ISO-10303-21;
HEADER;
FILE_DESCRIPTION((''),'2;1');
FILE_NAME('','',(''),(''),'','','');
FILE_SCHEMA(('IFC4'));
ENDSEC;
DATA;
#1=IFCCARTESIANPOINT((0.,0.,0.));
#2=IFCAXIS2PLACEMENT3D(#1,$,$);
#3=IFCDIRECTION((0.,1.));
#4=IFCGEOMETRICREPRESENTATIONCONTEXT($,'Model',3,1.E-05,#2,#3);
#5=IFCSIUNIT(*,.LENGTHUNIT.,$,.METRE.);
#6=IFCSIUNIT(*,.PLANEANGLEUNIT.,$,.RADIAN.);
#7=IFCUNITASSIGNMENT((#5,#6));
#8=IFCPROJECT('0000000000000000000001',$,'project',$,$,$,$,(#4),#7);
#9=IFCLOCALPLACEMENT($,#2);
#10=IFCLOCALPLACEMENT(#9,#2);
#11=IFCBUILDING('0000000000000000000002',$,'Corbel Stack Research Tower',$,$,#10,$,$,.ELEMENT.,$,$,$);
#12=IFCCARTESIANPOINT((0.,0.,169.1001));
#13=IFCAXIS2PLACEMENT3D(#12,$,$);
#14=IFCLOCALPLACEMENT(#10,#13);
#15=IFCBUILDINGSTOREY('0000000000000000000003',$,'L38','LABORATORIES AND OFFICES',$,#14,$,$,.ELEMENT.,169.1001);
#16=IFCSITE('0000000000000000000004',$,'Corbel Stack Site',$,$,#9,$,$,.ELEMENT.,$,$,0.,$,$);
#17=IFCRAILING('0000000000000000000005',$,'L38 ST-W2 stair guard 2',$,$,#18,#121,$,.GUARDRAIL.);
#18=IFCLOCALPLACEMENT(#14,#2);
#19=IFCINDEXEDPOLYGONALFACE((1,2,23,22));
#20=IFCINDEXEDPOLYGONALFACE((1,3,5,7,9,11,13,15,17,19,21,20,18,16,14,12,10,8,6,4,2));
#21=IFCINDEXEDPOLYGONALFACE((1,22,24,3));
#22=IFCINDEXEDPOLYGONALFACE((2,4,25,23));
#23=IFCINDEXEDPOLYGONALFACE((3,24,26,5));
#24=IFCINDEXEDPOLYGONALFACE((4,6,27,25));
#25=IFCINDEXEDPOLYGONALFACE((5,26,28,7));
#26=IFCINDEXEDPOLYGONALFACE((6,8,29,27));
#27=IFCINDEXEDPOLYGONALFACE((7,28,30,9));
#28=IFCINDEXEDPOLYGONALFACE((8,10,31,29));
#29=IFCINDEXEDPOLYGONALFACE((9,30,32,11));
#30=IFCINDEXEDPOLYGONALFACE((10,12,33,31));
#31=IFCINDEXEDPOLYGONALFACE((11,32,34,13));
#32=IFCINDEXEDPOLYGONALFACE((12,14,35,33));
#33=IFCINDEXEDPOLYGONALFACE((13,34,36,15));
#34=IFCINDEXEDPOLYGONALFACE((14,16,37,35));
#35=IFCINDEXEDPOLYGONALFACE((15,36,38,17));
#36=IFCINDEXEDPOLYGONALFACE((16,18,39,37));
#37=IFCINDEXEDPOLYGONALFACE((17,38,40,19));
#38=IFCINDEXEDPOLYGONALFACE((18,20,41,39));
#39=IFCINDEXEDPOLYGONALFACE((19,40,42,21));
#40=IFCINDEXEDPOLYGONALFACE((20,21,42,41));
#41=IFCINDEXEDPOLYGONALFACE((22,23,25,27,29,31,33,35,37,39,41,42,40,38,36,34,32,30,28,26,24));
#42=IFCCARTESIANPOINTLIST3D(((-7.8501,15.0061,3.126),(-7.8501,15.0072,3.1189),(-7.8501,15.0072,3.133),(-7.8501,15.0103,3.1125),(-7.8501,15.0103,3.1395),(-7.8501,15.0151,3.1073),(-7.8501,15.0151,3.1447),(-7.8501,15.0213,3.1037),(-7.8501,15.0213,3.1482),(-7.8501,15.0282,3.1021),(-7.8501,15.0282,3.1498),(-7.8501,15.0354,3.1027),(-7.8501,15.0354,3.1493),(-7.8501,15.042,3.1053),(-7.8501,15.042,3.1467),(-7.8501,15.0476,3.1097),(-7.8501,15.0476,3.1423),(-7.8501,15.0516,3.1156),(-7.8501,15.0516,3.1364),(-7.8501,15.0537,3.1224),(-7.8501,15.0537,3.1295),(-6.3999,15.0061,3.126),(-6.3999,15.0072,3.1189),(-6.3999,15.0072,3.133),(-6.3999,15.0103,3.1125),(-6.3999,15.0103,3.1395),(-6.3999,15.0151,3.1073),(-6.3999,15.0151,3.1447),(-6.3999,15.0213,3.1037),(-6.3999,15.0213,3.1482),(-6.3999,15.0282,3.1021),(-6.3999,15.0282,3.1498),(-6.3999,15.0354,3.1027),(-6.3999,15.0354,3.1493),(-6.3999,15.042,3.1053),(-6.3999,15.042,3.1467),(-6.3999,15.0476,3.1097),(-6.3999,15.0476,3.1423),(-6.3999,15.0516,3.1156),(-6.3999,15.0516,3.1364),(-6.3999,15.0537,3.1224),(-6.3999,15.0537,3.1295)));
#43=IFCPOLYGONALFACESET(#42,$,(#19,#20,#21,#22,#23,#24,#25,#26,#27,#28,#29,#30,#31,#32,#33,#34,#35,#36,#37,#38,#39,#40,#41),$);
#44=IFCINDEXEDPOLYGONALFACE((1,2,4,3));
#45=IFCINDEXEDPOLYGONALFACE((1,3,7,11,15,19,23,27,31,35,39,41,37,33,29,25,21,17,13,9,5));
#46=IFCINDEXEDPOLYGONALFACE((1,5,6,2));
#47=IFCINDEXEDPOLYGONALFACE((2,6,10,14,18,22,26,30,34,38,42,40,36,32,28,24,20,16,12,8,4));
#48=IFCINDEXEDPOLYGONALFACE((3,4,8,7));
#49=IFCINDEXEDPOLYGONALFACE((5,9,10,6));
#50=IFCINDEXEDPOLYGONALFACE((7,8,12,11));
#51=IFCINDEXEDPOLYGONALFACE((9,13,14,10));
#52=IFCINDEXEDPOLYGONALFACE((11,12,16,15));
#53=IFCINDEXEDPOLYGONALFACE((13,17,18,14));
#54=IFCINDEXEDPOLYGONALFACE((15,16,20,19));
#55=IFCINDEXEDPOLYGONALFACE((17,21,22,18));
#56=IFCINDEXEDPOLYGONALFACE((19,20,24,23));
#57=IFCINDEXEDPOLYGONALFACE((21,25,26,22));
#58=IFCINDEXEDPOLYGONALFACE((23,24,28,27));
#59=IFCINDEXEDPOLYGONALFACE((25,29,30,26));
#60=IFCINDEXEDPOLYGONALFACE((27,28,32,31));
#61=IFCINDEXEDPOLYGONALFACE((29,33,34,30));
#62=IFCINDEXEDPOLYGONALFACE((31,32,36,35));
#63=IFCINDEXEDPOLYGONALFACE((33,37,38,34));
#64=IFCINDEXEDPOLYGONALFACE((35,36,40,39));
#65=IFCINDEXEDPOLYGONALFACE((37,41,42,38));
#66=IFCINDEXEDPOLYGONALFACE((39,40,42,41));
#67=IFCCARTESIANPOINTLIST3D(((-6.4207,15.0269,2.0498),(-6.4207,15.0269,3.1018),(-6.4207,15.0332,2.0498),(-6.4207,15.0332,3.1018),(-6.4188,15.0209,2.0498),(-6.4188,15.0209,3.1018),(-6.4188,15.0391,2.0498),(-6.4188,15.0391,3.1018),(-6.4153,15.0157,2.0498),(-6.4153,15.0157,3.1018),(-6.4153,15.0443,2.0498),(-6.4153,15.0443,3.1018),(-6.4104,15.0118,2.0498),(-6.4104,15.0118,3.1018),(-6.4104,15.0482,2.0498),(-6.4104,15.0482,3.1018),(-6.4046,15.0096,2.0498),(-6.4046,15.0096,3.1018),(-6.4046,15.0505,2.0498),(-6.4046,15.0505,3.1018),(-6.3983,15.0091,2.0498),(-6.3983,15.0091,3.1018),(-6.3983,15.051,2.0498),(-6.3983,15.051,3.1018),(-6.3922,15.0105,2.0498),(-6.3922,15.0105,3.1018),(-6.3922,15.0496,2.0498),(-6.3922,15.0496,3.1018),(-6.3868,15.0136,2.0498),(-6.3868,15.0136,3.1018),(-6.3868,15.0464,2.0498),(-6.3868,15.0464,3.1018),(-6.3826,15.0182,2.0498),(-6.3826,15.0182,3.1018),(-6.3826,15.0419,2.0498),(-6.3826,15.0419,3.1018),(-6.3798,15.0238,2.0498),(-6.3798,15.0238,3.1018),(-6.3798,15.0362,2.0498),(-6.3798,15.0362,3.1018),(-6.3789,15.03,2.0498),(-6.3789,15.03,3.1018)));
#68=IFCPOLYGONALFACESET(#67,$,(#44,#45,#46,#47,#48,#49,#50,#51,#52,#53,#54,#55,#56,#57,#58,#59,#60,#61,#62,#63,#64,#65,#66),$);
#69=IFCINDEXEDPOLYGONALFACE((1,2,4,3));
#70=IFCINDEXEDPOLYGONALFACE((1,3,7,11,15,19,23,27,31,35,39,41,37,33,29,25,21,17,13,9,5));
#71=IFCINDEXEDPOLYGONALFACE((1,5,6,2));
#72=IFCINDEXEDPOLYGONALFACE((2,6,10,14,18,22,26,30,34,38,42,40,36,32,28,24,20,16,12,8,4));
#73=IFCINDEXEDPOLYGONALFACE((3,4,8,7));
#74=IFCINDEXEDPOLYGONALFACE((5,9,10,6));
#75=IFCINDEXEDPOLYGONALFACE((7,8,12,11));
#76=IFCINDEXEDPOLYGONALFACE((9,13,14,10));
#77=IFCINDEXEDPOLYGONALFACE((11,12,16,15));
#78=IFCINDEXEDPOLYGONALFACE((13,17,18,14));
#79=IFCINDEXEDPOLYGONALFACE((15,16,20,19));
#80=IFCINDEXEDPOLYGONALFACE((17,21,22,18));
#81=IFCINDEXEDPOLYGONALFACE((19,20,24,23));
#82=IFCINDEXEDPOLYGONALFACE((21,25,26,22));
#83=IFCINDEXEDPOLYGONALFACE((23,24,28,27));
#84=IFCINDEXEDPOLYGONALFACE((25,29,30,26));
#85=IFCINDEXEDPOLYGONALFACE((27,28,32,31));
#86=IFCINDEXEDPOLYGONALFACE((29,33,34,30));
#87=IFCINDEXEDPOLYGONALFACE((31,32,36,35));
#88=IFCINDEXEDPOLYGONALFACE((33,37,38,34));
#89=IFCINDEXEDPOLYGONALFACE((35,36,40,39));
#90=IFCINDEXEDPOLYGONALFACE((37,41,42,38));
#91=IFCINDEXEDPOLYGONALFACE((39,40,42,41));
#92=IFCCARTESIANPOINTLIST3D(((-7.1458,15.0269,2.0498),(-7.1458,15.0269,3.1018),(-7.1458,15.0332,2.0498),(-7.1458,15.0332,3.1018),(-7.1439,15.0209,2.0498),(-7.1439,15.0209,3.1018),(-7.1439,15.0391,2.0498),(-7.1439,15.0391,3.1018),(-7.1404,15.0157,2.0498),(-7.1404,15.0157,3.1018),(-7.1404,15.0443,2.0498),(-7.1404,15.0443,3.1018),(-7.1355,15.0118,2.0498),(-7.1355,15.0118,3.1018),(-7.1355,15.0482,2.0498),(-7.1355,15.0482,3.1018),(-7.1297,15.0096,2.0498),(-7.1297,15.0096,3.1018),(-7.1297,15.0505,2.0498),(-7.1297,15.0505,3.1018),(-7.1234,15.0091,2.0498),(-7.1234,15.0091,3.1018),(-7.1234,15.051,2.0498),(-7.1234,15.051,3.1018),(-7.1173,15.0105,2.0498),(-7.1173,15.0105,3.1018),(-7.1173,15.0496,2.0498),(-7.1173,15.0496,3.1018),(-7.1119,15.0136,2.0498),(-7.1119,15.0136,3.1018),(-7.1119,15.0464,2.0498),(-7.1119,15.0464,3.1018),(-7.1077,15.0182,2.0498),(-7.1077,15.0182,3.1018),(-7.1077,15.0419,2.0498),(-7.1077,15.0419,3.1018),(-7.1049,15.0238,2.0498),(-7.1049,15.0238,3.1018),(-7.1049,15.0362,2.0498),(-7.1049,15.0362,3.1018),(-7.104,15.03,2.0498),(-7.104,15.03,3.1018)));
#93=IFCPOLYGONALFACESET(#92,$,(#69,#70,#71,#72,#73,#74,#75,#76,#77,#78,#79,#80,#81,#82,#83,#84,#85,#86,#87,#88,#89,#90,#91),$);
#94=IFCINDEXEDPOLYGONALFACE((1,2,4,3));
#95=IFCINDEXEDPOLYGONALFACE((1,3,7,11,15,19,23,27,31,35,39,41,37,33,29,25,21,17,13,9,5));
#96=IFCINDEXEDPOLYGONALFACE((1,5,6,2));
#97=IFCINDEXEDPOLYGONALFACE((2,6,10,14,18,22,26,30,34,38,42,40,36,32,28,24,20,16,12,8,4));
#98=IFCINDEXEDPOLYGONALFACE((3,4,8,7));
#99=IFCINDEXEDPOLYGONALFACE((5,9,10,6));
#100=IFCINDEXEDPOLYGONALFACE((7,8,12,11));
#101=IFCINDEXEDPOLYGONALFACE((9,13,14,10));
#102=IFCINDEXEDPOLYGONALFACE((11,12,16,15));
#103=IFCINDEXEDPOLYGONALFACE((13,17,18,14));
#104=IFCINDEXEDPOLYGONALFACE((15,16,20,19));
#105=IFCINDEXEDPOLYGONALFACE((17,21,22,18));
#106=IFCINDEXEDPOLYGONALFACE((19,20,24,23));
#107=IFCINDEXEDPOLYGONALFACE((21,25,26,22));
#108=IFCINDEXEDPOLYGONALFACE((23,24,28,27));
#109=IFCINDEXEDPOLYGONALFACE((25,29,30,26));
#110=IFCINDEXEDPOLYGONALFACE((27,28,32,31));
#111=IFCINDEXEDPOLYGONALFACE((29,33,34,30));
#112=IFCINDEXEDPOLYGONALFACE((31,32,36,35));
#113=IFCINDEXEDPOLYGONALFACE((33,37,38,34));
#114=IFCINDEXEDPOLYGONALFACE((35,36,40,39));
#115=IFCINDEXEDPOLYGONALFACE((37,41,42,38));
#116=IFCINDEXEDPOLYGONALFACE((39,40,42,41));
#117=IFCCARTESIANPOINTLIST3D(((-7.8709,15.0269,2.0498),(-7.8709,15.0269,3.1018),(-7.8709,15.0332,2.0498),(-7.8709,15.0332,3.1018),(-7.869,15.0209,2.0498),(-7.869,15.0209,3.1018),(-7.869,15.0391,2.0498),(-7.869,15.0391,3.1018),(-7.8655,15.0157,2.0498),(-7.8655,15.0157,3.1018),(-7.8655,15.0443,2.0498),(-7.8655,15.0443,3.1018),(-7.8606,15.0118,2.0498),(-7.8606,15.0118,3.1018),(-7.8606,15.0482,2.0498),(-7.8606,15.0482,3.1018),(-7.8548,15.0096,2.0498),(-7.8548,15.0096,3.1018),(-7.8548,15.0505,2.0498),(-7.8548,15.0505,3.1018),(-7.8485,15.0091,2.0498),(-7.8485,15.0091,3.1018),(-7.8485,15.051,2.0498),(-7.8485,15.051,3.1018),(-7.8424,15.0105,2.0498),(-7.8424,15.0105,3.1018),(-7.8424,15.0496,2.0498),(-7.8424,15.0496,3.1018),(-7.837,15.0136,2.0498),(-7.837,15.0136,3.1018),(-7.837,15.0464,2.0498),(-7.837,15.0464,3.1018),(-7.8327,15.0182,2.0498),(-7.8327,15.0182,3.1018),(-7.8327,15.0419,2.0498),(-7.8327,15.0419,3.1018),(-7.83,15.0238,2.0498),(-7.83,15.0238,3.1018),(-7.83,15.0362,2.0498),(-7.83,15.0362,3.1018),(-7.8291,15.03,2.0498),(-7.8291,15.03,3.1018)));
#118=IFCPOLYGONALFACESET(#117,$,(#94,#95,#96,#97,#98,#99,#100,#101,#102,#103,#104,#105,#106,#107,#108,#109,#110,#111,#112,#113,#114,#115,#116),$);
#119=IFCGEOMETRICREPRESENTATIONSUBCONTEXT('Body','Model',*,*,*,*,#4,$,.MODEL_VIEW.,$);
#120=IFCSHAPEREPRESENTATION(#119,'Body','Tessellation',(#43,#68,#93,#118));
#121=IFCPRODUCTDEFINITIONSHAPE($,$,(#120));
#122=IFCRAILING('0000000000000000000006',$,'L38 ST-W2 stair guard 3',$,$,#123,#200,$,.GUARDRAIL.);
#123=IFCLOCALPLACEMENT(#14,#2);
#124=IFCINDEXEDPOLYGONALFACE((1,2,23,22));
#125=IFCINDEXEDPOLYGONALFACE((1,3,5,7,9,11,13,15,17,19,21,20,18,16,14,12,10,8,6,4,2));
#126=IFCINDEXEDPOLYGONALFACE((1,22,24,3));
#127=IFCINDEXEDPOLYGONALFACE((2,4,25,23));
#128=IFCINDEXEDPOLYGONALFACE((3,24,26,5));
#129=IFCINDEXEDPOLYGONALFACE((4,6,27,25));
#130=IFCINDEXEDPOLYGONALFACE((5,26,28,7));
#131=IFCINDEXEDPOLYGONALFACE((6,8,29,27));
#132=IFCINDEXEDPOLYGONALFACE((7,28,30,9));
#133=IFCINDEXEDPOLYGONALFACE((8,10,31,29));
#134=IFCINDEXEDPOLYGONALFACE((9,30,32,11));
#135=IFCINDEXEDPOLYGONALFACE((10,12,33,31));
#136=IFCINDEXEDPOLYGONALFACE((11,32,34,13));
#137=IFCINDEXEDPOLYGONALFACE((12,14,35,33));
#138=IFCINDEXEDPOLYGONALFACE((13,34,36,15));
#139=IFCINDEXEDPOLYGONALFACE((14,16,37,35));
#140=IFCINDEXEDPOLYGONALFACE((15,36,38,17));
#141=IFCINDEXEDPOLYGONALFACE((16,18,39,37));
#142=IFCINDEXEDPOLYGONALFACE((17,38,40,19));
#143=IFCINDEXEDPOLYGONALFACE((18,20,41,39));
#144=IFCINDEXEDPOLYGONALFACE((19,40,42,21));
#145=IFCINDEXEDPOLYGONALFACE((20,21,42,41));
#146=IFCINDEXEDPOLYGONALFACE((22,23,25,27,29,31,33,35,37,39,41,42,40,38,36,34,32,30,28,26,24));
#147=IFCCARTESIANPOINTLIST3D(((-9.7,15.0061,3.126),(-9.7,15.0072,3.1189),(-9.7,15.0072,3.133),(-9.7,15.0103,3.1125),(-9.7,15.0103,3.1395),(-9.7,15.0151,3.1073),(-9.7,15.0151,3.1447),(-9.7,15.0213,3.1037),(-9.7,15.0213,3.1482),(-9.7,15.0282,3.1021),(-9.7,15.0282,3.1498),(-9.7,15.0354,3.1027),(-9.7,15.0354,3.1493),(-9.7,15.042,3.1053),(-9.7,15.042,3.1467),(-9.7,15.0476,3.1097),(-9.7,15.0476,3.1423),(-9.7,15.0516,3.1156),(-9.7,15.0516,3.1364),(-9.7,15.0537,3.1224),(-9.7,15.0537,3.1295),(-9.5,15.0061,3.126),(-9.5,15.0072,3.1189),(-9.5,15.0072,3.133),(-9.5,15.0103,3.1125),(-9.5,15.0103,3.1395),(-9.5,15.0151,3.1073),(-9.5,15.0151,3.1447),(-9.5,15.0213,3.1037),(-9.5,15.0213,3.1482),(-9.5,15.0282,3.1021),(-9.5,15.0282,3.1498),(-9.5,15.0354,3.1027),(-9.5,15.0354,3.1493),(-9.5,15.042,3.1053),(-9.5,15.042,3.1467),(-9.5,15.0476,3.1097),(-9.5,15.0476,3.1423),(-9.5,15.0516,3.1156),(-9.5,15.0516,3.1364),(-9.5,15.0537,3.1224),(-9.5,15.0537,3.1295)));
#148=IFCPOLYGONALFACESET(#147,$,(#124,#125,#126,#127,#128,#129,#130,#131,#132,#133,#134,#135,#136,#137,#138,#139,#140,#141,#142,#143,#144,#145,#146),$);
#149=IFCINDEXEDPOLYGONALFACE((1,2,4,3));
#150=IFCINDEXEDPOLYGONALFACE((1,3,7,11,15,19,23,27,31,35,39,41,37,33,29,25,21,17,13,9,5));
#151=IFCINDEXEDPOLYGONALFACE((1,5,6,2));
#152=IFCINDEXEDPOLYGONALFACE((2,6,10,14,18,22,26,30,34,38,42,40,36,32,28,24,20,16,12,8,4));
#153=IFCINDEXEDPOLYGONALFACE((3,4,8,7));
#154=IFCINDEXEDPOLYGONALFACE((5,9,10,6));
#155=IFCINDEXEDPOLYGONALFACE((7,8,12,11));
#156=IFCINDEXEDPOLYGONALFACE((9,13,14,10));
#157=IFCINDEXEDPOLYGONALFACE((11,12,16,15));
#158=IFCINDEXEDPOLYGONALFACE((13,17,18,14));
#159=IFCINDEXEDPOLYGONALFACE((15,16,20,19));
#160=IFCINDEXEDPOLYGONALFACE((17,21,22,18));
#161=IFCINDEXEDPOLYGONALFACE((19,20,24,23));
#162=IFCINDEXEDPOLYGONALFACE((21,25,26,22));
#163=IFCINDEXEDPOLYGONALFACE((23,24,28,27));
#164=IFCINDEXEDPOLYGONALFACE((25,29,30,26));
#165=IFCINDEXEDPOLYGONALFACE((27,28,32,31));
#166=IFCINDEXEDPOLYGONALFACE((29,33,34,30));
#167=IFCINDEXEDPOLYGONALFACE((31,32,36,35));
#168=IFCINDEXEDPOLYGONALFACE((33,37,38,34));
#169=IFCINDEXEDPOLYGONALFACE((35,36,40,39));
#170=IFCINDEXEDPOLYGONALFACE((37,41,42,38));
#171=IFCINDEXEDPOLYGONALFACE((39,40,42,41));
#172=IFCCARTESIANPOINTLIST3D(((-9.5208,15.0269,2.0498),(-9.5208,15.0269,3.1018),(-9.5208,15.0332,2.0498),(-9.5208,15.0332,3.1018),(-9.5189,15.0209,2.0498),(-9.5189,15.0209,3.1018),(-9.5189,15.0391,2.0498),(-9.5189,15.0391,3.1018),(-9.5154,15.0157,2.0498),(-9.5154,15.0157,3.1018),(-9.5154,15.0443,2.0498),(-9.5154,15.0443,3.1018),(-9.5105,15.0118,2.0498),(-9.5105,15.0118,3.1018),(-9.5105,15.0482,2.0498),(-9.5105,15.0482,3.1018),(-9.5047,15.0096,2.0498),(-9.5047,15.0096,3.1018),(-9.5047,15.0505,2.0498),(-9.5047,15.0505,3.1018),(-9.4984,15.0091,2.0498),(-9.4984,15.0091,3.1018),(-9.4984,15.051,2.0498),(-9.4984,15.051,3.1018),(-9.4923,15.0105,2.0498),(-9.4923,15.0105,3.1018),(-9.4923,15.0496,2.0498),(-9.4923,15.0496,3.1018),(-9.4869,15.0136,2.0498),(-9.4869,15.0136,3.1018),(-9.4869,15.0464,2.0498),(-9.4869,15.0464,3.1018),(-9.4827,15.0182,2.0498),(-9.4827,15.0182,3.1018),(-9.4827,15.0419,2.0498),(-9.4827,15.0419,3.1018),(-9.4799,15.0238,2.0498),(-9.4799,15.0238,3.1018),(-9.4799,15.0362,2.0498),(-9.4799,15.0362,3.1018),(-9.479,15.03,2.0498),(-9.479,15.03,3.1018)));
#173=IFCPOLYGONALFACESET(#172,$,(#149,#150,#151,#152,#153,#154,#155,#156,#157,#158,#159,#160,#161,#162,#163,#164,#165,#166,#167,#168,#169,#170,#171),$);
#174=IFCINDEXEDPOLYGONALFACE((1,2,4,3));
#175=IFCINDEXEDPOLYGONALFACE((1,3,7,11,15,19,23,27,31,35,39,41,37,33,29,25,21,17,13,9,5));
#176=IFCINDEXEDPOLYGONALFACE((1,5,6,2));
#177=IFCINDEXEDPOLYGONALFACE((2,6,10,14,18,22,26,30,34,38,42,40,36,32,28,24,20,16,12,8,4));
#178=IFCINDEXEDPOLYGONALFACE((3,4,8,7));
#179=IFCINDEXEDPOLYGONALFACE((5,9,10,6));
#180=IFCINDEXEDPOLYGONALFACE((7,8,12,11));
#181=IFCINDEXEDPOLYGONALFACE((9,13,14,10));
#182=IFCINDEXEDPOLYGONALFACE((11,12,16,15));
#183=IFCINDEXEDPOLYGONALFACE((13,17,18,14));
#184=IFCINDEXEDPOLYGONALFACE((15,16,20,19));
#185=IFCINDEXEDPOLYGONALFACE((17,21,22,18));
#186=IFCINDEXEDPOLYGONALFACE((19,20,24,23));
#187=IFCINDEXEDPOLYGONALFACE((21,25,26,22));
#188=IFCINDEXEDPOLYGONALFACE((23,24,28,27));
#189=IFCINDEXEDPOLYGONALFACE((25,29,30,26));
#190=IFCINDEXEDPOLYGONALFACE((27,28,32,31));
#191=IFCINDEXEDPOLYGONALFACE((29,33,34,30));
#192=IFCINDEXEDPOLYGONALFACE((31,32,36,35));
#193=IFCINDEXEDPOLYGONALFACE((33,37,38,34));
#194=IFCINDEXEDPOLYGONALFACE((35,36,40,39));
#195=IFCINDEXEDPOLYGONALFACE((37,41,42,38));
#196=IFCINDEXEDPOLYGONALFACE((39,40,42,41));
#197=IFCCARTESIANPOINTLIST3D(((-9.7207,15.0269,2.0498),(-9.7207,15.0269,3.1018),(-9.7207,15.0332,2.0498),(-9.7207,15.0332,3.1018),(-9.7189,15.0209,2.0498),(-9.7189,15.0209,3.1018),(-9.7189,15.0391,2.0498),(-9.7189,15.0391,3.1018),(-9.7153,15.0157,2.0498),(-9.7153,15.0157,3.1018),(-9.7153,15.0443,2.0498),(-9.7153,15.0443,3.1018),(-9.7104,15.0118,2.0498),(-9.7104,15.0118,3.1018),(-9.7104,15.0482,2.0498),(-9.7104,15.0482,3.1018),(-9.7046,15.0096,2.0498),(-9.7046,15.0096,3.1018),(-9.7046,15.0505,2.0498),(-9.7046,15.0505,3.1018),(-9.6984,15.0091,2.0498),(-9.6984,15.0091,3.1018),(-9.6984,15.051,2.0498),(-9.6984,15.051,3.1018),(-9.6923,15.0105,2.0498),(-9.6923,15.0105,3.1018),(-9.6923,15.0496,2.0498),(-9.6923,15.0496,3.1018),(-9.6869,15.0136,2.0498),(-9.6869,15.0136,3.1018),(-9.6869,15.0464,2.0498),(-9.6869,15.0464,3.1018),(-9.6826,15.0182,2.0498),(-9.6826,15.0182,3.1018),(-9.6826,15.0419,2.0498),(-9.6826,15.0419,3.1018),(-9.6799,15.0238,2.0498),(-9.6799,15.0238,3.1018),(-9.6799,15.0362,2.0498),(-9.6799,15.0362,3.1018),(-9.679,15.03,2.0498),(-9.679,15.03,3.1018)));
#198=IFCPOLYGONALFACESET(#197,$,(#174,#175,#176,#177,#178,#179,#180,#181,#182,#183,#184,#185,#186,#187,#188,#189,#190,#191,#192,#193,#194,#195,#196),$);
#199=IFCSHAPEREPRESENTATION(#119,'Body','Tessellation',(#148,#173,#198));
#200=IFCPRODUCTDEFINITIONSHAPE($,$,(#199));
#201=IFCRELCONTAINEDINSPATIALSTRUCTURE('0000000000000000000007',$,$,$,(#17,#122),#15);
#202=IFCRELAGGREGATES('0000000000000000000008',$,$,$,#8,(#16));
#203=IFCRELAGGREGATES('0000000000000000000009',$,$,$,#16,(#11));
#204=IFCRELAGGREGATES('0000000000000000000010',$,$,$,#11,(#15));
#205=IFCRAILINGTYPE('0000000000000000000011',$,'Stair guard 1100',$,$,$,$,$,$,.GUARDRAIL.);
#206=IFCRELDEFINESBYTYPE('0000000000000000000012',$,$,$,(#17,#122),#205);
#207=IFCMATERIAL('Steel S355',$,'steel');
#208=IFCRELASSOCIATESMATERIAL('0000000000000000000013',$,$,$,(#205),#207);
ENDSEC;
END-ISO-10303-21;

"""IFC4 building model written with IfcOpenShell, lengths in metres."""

from ifc_helpers import new_model, si_unit, direction, frame, origin, origin_2d, place, context, subcontext, project, spatial, circle, extrude, material, type_object, element, save


model = new_model("IFC4")

# Units and contexts
model_context = context("Model", 3, precision=1e-05, world=origin(), true_north=direction((0.0, 1.0)))
body_context = subcontext(model_context, "Body", "Model", "MODEL_VIEW")
ifc_project = project(units=[si_unit("LENGTHUNIT", "METRE"), si_unit("PLANEANGLEUNIT", "RADIAN")], contexts=[model_context])

# Site, building, storey
site_placement = place(None, origin())
site = spatial("IfcSite", under=ifc_project, at=site_placement, Name="Corbel Stack Site", CompositionType="ELEMENT", RefElevation=0.0)
building_placement = place(site_placement, origin())
building = spatial("IfcBuilding", under=site, at=building_placement, Name="Corbel Stack Research Tower", CompositionType="ELEMENT")
storey_placement = place(building_placement, frame((0.0, 0.0, 169.1001)))
storey = spatial("IfcBuildingStorey", under=building, at=storey_placement, Name="L38", Description="LABORATORIES AND OFFICES", CompositionType="ELEMENT", Elevation=169.1001)

# Railings
ifc_material_1 = material(Name="Steel S355", Category="steel")
railing_type_1 = type_object("IfcRailingType", Name="Stair guard 1100", PredefinedType="GUARDRAIL", material=ifc_material_1)
railing_1_placement = place(storey_placement, frame((-6.3999, 15.03, 2.0498)))
element("IfcRailing", 1, at=railing_1_placement, inside=storey, type_object=railing_type_1, Name="L38 ST-W2 stair guard 2", PredefinedType="GUARDRAIL", context=body_context, shape_type="SweptSolid", body=[
    extrude(circle(Radius=0.0239, at=origin_2d()), frame((0.0, 0.0, 1.0762), z_axis=(-1.0, 0.0, 0.0), x_axis=(0.0, -1.0, 0.0)), (0.0, 0.0, 1.0), 1.4502),
    extrude(circle(Radius=0.021, at=origin_2d()), origin(), (0.0, 0.0, 1.0), 1.052),
    extrude(circle(Radius=0.021, at=origin_2d()), frame((-0.7251, 0.0, 0.0)), (0.0, 0.0, 1.0), 1.052),
    extrude(circle(Radius=0.021, at=origin_2d()), frame((-1.4502, 0.0, 0.0)), (0.0, 0.0, 1.0), 1.052),
])
railing_2_placement = place(storey_placement, frame((-9.5, 15.03, 2.0498)))
element("IfcRailing", 2, at=railing_2_placement, inside=storey, type_object=railing_type_1, Name="L38 ST-W2 stair guard 3", PredefinedType="GUARDRAIL", context=body_context, shape_type="SweptSolid", body=[
    extrude(circle(Radius=0.0239, at=origin_2d()), frame((0.0, 0.0, 1.0762), z_axis=(-1.0, 0.0, 0.0), x_axis=(0.0, -1.0, 0.0)), (0.0, 0.0, 1.0), 0.2),
    extrude(circle(Radius=0.021, at=origin_2d()), origin(), (0.0, 0.0, 1.0), 1.052),
    extrude(circle(Radius=0.021, at=origin_2d()), frame((-0.2, 0.0, 0.0)), (0.0, 0.0, 1.0), 1.052),
])

save(model, "model.ifc")
